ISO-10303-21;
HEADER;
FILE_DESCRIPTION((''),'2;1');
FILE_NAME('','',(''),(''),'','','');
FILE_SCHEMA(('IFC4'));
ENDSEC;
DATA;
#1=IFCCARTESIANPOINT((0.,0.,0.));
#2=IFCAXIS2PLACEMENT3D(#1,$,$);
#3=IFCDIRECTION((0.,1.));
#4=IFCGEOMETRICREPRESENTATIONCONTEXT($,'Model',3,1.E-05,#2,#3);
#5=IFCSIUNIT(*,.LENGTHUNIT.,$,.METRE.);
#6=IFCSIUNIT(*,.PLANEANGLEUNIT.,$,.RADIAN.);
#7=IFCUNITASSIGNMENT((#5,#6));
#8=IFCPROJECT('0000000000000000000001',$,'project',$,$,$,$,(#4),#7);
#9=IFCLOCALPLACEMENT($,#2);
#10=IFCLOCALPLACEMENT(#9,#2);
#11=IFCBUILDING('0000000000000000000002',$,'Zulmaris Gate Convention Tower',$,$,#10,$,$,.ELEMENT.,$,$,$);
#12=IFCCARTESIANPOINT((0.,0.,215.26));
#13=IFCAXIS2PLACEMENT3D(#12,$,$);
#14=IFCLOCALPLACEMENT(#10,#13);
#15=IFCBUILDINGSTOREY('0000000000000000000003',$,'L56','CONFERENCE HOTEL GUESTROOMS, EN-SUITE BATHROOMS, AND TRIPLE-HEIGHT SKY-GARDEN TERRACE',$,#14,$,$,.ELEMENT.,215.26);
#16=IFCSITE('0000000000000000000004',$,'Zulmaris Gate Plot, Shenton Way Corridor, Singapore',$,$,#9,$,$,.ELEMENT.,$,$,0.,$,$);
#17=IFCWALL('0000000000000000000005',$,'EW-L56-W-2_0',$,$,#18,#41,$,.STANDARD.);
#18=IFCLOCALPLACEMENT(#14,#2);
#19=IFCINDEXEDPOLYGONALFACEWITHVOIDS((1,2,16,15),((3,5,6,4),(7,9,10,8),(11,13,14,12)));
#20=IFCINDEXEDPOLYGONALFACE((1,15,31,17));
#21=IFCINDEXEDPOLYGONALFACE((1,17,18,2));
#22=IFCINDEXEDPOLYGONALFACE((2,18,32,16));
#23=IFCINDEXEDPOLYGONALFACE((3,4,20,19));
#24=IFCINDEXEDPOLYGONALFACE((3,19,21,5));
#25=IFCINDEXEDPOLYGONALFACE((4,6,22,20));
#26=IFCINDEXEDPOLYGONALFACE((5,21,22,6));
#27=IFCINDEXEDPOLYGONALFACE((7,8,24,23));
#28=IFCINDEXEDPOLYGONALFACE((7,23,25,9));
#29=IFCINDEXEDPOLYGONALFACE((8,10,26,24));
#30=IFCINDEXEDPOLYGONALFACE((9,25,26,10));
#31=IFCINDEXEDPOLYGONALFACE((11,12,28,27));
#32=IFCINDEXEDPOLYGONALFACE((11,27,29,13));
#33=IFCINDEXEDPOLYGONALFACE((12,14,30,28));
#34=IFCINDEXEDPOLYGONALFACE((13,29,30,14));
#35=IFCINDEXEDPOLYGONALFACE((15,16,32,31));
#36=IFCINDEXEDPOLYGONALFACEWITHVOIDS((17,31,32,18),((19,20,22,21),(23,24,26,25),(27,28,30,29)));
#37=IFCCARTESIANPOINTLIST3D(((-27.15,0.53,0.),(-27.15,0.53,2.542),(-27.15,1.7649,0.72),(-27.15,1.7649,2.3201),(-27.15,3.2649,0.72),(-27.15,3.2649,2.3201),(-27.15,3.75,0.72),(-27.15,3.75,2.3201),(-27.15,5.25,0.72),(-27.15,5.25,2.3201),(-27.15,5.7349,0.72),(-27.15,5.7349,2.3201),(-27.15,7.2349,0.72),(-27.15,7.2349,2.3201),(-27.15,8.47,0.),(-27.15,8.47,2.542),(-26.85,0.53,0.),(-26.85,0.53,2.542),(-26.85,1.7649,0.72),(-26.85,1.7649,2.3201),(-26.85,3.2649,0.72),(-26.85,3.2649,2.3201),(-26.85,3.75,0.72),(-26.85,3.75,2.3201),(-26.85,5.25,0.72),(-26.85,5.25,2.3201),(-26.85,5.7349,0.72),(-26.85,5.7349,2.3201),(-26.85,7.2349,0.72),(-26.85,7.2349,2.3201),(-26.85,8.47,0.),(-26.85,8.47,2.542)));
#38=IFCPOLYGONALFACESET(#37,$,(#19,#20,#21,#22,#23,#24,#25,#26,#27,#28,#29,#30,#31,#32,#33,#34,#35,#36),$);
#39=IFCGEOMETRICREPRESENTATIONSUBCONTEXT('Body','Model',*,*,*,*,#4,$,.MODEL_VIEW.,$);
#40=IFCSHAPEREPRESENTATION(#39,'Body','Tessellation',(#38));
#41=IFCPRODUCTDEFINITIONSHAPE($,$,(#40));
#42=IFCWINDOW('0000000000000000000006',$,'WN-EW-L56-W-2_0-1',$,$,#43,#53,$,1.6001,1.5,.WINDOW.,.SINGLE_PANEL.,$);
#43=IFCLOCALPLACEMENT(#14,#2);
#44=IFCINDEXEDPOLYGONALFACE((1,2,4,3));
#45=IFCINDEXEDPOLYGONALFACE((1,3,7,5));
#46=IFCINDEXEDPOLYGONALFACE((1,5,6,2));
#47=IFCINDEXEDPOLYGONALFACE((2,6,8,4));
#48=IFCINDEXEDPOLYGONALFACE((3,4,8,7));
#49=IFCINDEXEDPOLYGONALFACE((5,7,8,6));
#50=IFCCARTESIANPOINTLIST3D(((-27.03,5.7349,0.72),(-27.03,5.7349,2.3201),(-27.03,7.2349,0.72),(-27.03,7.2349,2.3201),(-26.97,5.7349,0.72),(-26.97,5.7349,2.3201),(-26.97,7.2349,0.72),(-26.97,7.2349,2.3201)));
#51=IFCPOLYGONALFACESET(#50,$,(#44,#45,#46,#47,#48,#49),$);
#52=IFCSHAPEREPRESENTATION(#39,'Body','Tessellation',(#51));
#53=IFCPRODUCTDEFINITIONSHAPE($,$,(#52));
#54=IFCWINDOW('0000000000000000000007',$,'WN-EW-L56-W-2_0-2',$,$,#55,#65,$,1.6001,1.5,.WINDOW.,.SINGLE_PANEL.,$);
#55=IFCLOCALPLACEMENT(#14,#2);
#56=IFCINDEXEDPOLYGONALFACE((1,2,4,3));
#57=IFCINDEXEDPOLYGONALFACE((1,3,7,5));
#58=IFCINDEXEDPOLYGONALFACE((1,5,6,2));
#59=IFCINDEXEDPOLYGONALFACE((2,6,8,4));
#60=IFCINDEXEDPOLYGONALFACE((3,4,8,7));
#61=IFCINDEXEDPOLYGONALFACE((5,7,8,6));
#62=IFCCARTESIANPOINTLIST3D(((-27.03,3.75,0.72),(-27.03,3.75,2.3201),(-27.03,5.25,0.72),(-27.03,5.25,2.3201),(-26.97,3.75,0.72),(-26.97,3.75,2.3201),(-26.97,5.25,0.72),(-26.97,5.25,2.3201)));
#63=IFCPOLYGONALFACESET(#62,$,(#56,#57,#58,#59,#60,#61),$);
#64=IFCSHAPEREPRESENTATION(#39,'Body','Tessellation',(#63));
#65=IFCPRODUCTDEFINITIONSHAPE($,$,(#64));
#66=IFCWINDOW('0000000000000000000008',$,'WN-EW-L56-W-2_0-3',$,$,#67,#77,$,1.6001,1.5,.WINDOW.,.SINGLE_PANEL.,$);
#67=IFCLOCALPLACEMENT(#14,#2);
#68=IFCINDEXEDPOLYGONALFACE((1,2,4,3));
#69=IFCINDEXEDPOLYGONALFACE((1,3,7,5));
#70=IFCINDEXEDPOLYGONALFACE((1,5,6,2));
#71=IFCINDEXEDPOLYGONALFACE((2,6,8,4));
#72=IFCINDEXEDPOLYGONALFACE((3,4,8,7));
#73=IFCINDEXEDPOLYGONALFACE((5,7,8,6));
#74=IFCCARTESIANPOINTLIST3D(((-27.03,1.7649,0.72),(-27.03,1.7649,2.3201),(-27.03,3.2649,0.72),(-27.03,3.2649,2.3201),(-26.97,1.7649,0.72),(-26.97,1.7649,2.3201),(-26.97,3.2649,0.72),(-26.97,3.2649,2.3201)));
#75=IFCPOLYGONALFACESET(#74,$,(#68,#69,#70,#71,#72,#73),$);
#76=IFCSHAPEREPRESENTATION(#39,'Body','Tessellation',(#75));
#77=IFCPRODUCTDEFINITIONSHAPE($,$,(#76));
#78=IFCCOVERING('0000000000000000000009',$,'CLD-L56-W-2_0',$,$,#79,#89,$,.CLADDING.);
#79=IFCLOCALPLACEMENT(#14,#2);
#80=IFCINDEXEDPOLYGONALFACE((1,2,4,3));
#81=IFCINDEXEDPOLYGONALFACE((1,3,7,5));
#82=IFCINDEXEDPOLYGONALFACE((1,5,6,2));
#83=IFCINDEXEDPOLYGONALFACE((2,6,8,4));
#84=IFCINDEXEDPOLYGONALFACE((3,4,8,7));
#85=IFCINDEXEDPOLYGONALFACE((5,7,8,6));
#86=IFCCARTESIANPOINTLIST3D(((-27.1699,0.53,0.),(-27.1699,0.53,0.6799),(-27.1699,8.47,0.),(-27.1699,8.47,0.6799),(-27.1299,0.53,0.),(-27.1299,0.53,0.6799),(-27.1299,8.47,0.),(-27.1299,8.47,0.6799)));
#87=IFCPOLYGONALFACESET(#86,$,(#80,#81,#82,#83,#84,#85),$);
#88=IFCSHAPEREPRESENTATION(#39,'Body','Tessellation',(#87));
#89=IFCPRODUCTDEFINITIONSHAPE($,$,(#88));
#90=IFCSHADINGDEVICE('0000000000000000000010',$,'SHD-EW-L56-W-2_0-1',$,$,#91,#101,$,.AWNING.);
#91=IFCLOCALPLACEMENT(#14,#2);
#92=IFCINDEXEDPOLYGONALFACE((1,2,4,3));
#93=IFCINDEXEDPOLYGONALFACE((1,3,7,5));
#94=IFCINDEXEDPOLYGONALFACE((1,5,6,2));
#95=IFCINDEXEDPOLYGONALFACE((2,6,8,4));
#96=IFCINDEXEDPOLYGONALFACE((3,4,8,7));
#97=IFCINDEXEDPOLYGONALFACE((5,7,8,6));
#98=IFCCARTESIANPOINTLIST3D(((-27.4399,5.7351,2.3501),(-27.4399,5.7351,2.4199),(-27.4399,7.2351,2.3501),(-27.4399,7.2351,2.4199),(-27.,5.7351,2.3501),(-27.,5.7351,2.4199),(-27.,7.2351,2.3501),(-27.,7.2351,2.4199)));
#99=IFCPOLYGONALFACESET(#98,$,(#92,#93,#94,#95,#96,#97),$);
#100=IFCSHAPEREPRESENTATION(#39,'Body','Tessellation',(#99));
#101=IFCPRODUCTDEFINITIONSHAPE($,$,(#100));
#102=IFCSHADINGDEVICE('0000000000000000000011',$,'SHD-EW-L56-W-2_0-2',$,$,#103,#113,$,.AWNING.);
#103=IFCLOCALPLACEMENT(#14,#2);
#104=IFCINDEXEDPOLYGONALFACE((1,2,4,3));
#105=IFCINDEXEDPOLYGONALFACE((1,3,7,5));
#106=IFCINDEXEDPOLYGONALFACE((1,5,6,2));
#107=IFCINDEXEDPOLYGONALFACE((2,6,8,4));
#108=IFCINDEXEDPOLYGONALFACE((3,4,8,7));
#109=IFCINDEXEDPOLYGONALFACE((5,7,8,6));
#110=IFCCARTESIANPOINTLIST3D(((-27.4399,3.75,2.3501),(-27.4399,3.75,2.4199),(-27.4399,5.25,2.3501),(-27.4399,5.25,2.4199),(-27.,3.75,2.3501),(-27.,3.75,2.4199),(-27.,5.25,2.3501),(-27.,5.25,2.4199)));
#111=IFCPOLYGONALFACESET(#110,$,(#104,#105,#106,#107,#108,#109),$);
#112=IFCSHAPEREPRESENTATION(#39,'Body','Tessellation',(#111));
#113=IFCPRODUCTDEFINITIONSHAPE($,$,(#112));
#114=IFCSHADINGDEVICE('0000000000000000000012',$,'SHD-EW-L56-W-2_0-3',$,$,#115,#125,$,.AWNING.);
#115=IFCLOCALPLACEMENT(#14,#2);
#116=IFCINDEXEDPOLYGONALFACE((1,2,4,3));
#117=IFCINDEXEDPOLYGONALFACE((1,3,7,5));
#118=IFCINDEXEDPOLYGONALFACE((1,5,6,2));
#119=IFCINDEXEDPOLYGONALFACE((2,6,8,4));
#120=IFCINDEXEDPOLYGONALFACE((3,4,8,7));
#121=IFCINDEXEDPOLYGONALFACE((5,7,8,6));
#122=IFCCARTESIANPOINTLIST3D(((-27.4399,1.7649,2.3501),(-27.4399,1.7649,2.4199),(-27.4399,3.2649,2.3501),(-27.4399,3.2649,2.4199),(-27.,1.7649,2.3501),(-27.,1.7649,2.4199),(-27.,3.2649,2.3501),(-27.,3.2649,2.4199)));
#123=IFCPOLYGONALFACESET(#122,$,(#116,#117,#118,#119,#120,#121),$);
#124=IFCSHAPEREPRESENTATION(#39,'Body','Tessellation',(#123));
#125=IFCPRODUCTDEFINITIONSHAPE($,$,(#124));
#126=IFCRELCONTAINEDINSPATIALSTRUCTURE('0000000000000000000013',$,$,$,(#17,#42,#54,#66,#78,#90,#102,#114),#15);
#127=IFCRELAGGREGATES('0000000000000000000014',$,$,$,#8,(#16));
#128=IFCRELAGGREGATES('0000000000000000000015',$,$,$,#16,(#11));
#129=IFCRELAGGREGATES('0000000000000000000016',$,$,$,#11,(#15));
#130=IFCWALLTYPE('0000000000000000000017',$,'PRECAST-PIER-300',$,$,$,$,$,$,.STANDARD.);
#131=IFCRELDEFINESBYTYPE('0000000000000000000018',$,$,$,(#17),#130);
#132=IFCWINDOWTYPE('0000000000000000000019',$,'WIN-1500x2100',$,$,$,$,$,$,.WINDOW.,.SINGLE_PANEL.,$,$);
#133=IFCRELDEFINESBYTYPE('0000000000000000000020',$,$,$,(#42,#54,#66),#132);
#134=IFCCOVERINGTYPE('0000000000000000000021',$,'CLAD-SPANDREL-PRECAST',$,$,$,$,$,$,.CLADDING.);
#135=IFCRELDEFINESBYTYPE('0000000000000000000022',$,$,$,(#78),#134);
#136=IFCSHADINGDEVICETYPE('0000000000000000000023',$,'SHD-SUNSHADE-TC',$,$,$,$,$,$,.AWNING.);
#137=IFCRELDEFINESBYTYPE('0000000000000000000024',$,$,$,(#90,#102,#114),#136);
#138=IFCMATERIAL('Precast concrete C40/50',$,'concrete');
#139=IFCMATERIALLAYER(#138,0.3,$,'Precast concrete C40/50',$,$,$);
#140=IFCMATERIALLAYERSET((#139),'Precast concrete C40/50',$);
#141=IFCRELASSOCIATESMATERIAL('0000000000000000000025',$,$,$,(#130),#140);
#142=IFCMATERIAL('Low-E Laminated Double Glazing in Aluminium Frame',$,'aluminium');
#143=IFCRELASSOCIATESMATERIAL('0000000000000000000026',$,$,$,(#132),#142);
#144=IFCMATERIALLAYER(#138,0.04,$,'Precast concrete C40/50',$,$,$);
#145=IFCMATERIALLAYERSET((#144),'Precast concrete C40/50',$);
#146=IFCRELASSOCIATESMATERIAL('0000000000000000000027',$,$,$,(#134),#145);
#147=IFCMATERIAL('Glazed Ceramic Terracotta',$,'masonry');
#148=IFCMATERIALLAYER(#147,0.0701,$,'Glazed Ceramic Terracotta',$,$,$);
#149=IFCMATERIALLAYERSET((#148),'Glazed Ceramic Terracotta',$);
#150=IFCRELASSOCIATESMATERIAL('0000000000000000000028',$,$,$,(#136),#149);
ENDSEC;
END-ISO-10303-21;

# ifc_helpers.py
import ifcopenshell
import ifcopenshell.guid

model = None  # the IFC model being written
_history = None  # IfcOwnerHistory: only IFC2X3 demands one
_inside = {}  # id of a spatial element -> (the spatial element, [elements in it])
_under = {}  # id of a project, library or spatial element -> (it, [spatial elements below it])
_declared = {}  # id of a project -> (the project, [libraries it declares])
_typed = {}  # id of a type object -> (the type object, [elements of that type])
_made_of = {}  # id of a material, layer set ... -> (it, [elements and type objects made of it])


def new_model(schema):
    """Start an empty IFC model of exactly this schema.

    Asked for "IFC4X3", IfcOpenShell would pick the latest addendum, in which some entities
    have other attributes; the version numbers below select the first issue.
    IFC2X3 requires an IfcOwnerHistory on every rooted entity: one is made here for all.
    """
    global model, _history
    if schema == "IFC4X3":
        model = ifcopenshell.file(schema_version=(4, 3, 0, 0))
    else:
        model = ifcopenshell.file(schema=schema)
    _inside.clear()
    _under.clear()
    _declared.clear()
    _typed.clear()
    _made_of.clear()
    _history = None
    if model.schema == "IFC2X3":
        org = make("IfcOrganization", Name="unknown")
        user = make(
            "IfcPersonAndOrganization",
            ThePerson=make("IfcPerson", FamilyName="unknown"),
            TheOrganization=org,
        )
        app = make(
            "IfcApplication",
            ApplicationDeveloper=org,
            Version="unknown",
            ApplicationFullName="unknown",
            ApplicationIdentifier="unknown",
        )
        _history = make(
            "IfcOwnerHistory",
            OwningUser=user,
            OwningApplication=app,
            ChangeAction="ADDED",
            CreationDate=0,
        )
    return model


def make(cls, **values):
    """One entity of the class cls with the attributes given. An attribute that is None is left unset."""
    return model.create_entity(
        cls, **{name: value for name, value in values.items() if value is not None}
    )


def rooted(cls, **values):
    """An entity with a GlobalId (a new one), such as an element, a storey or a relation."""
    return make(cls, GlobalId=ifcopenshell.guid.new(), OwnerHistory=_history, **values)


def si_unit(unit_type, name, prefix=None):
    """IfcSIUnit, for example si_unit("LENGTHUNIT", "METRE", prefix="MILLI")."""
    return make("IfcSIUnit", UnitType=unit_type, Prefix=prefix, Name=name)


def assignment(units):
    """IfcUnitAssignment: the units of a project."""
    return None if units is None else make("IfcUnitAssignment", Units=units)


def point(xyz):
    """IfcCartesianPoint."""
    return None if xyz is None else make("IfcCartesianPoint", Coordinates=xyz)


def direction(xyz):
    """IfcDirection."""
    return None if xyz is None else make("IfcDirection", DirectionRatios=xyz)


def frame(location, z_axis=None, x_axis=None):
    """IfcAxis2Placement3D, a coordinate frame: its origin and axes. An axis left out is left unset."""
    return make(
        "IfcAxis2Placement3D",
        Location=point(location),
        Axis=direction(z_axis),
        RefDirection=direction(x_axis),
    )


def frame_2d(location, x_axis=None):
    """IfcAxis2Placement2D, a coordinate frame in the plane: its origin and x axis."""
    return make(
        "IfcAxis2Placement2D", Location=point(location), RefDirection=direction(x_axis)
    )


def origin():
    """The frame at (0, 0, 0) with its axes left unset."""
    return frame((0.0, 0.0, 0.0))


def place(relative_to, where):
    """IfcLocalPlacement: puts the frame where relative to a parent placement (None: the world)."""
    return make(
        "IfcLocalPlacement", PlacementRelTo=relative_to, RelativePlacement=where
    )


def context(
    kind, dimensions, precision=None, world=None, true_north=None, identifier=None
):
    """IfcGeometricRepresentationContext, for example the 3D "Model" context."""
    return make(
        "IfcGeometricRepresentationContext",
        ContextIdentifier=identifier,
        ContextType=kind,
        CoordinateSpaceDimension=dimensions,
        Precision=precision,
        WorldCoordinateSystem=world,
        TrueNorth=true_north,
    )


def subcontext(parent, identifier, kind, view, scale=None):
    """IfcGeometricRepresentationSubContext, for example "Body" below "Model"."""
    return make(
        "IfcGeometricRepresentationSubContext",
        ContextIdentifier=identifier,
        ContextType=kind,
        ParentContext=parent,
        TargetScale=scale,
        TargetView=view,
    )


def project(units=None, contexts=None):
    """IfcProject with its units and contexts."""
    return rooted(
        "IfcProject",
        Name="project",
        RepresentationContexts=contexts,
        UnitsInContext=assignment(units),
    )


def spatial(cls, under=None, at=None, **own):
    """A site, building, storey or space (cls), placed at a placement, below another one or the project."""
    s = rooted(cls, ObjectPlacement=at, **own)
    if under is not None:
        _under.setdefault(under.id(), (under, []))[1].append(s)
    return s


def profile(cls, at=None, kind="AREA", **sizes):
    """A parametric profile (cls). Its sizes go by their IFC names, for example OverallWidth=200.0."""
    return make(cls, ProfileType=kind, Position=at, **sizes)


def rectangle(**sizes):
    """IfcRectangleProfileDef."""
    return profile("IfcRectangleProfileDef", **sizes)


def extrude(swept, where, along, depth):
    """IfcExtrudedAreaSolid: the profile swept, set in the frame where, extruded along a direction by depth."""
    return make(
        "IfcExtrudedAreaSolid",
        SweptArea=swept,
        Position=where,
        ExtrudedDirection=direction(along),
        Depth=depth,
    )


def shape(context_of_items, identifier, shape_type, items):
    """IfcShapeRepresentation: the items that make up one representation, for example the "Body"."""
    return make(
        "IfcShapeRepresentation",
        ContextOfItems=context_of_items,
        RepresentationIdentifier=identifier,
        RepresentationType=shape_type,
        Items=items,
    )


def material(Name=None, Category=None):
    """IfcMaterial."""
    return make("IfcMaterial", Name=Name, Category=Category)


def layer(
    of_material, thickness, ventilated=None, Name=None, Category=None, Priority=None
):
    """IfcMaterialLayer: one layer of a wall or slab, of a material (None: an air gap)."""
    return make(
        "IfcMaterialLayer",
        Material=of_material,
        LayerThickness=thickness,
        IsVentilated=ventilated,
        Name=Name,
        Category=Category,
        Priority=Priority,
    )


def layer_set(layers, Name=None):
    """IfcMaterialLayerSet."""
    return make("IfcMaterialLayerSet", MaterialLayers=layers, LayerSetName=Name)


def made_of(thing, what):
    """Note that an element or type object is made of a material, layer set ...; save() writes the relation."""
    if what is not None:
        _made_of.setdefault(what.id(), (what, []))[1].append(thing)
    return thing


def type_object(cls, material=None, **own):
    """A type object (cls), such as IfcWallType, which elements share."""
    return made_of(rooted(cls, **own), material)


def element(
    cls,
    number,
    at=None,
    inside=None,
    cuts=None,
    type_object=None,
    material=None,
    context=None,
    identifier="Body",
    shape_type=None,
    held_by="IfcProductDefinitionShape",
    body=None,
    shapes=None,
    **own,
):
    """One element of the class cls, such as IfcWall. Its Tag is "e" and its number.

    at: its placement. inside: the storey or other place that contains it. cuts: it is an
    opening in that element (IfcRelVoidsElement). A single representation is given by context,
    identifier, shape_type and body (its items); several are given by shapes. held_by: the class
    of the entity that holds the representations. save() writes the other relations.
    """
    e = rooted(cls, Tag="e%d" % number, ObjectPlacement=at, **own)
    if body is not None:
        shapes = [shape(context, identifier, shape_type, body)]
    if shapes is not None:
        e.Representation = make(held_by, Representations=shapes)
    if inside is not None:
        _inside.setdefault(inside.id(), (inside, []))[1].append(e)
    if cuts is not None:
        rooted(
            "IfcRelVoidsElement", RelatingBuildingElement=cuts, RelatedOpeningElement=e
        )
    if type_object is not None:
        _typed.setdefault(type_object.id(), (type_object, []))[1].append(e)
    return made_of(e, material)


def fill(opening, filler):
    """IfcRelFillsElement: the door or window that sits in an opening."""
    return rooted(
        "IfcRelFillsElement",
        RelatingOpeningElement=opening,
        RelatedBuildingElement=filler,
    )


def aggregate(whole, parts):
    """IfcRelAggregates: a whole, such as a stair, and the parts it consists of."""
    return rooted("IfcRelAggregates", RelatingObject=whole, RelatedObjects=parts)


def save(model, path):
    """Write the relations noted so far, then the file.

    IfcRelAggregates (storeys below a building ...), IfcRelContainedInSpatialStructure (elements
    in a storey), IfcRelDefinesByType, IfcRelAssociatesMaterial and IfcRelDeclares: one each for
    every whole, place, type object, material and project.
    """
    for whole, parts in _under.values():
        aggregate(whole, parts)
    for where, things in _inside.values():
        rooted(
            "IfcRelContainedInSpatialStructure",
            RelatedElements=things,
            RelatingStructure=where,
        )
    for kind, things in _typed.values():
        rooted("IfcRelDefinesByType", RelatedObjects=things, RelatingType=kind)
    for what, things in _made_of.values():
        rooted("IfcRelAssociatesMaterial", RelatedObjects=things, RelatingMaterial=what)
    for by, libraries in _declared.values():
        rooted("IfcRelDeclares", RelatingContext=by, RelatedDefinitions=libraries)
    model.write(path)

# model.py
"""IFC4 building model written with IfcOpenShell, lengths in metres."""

from ifc_helpers import new_model, si_unit, direction, frame, frame_2d, origin, place, context, subcontext, project, spatial, rectangle, extrude, material, layer, layer_set, type_object, element, fill, save


model = new_model("IFC4")

# Units and contexts
model_context = context("Model", 3, precision=1e-05, world=origin(), true_north=direction((0.0, 1.0)))
body_context = subcontext(model_context, "Body", "Model", "MODEL_VIEW")
ifc_project = project(units=[si_unit("LENGTHUNIT", "METRE"), si_unit("PLANEANGLEUNIT", "RADIAN")], contexts=[model_context])

# Site, building, storey
site_placement = place(None, origin())
site = spatial("IfcSite", under=ifc_project, at=site_placement, Name="Zulmaris Gate Plot, Shenton Way Corridor, Singapore", CompositionType="ELEMENT", RefElevation=0.0)
building_placement = place(site_placement, origin())
building = spatial("IfcBuilding", under=site, at=building_placement, Name="Zulmaris Gate Convention Tower", CompositionType="ELEMENT")
storey_placement = place(building_placement, frame((0.0, 0.0, 215.26)))
storey = spatial("IfcBuildingStorey", under=building, at=storey_placement, Name="L56", Description="CONFERENCE HOTEL GUESTROOMS, EN-SUITE BATHROOMS, AND TRIPLE-HEIGHT SKY-GARDEN TERRACE", CompositionType="ELEMENT", Elevation=215.26)

# Wall, openings, windows
ifc_material_1 = material(Name="Precast concrete C40/50", Category="concrete")
ifc_layer_1 = layer(ifc_material_1, 0.3, Name="Precast concrete C40/50")
ifc_layer_set_1 = layer_set([ifc_layer_1], Name="Precast concrete C40/50")
wall_type_1 = type_object("IfcWallType", Name="PRECAST-PIER-300", PredefinedType="STANDARD", material=ifc_layer_set_1)
wall_1_placement = place(storey_placement, frame((-27.0, 8.47, 0.0), z_axis=(0.0, 0.0, 1.0), x_axis=(0.0, -1.0, 0.0)))
wall_1 = element("IfcWall", 1, at=wall_1_placement, inside=storey, type_object=wall_type_1, Name="EW-L56-W-2_0", PredefinedType="STANDARD", context=body_context, shape_type="SweptSolid", body=[
    extrude(rectangle(XDim=7.9399, YDim=0.3, at=frame_2d((3.97, 0.0))), origin(), (0.0, 0.0, 1.0), 2.542),
])
opening_1_placement = place(wall_1_placement, frame((1.2351, 0.0, 0.72)))
opening_1 = element("IfcOpeningElement", 2, at=opening_1_placement, cuts=wall_1, PredefinedType="OPENING", context=body_context, shape_type="SweptSolid", body=[
    extrude(rectangle(XDim=1.5, YDim=1.6001, at=frame_2d((0.75, 0.8))), frame((0.0, 0.1602, 0.0), z_axis=(0.0, -1.0, 0.0), x_axis=(1.0, 0.0, 0.0)), (0.0, 0.0, 1.0), 0.3201),
])
opening_2_placement = place(wall_1_placement, frame((3.22, 0.0, 0.72)))
opening_2 = element("IfcOpeningElement", 3, at=opening_2_placement, cuts=wall_1, PredefinedType="OPENING", context=body_context, shape_type="SweptSolid", body=[
    extrude(rectangle(XDim=1.5, YDim=1.6001, at=frame_2d((0.75, 0.8))), frame((0.0, 0.1602, 0.0), z_axis=(0.0, -1.0, 0.0), x_axis=(1.0, 0.0, 0.0)), (0.0, 0.0, 1.0), 0.3201),
])
opening_3_placement = place(wall_1_placement, frame((5.2051, 0.0, 0.72)))
opening_3 = element("IfcOpeningElement", 4, at=opening_3_placement, cuts=wall_1, PredefinedType="OPENING", context=body_context, shape_type="SweptSolid", body=[
    extrude(rectangle(XDim=1.5, YDim=1.6001, at=frame_2d((0.75, 0.8))), frame((0.0, 0.1602, 0.0), z_axis=(0.0, -1.0, 0.0), x_axis=(1.0, 0.0, 0.0)), (0.0, 0.0, 1.0), 0.3201),
])
ifc_material_2 = material(Name="Low-E Laminated Double Glazing in Aluminium Frame", Category="aluminium")
window_type = type_object("IfcWindowType", Name="WIN-1500x2100", PartitioningType="SINGLE_PANEL", PredefinedType="WINDOW", material=ifc_material_2)
window_1_placement = place(opening_1_placement, origin())
window_1 = element("IfcWindow", 5, at=window_1_placement, inside=storey, type_object=window_type, Name="WN-EW-L56-W-2_0-1", OverallHeight=1.6001, OverallWidth=1.5, PartitioningType="SINGLE_PANEL", PredefinedType="WINDOW", context=body_context, shape_type="SweptSolid", body=[
    extrude(rectangle(XDim=1.5, YDim=1.6001, at=frame_2d((0.75, 0.8))), frame((0.0, 0.03, 0.0), z_axis=(0.0, -1.0, 0.0), x_axis=(1.0, 0.0, 0.0)), (0.0, 0.0, 1.0), 0.0601),
])
fill(opening_1, window_1)
window_2_placement = place(opening_2_placement, origin())
window_2 = element("IfcWindow", 6, at=window_2_placement, inside=storey, type_object=window_type, Name="WN-EW-L56-W-2_0-2", OverallHeight=1.6001, OverallWidth=1.5, PartitioningType="SINGLE_PANEL", PredefinedType="WINDOW", context=body_context, shape_type="SweptSolid", body=[
    extrude(rectangle(XDim=1.5, YDim=1.6001, at=frame_2d((0.75, 0.8))), frame((0.0, 0.03, 0.0), z_axis=(0.0, -1.0, 0.0), x_axis=(1.0, 0.0, 0.0)), (0.0, 0.0, 1.0), 0.0601),
])
fill(opening_2, window_2)
window_3_placement = place(opening_3_placement, origin())
window_3 = element("IfcWindow", 7, at=window_3_placement, inside=storey, type_object=window_type, Name="WN-EW-L56-W-2_0-3", OverallHeight=1.6001, OverallWidth=1.5, PartitioningType="SINGLE_PANEL", PredefinedType="WINDOW", context=body_context, shape_type="SweptSolid", body=[
    extrude(rectangle(XDim=1.5, YDim=1.6001, at=frame_2d((0.75, 0.8))), frame((0.0, 0.03, 0.0), z_axis=(0.0, -1.0, 0.0), x_axis=(1.0, 0.0, 0.0)), (0.0, 0.0, 1.0), 0.0601),
])
fill(opening_3, window_3)

# Covering
ifc_layer_2 = layer(ifc_material_1, 0.04, Name="Precast concrete C40/50")
ifc_layer_set_2 = layer_set([ifc_layer_2], Name="Precast concrete C40/50")
covering_type = type_object("IfcCoveringType", Name="CLAD-SPANDREL-PRECAST", PredefinedType="CLADDING", material=ifc_layer_set_2)
covering_placement = place(storey_placement, frame((-27.1499, 8.47, 0.0), z_axis=(0.0, 0.0, 1.0), x_axis=(0.0, -1.0, 0.0)))
element("IfcCovering", 8, at=covering_placement, inside=storey, type_object=covering_type, Name="CLD-L56-W-2_0", PredefinedType="CLADDING", context=body_context, shape_type="SweptSolid", body=[
    extrude(rectangle(XDim=7.9399, YDim=0.04, at=frame_2d((3.97, 0.0))), origin(), (0.0, 0.0, 1.0), 0.6799),
])

# Shading devices
ifc_material_3 = material(Name="Glazed Ceramic Terracotta", Category="masonry")
ifc_layer_3 = layer(ifc_material_3, 0.0701, Name="Glazed Ceramic Terracotta")
ifc_layer_set_3 = layer_set([ifc_layer_3], Name="Glazed Ceramic Terracotta")
shading_device_type = type_object("IfcShadingDeviceType", Name="SHD-SUNSHADE-TC", PredefinedType="AWNING", material=ifc_layer_set_3)
for number, where, z_axis, x_axis, name in (
    (9, (-27.22, 7.2351, 2.3501), (0.0, 0.0, 1.0), (0.0, -1.0, 0.0), "SHD-EW-L56-W-2_0-1"),
    (10, (-27.22, 5.25, 2.3501), (0.0, 0.0, 1.0), (0.0, -1.0, 0.0), "SHD-EW-L56-W-2_0-2"),
    (11, (-27.22, 3.2649, 2.3501), (0.0, 0.0, 1.0), (0.0, -1.0, 0.0), "SHD-EW-L56-W-2_0-3"),
):
    element("IfcShadingDevice", number, at=place(storey_placement, frame(where, z_axis=z_axis, x_axis=x_axis)), inside=storey, type_object=shading_device_type, Name=name, PredefinedType="AWNING", context=body_context, shape_type="SweptSolid", body=[
        extrude(rectangle(XDim=1.5, YDim=0.4399, at=frame_2d((0.75, 0.0))), origin(), (0.0, 0.0, 1.0), 0.0698),
    ])

save(model, "model.ifc")
